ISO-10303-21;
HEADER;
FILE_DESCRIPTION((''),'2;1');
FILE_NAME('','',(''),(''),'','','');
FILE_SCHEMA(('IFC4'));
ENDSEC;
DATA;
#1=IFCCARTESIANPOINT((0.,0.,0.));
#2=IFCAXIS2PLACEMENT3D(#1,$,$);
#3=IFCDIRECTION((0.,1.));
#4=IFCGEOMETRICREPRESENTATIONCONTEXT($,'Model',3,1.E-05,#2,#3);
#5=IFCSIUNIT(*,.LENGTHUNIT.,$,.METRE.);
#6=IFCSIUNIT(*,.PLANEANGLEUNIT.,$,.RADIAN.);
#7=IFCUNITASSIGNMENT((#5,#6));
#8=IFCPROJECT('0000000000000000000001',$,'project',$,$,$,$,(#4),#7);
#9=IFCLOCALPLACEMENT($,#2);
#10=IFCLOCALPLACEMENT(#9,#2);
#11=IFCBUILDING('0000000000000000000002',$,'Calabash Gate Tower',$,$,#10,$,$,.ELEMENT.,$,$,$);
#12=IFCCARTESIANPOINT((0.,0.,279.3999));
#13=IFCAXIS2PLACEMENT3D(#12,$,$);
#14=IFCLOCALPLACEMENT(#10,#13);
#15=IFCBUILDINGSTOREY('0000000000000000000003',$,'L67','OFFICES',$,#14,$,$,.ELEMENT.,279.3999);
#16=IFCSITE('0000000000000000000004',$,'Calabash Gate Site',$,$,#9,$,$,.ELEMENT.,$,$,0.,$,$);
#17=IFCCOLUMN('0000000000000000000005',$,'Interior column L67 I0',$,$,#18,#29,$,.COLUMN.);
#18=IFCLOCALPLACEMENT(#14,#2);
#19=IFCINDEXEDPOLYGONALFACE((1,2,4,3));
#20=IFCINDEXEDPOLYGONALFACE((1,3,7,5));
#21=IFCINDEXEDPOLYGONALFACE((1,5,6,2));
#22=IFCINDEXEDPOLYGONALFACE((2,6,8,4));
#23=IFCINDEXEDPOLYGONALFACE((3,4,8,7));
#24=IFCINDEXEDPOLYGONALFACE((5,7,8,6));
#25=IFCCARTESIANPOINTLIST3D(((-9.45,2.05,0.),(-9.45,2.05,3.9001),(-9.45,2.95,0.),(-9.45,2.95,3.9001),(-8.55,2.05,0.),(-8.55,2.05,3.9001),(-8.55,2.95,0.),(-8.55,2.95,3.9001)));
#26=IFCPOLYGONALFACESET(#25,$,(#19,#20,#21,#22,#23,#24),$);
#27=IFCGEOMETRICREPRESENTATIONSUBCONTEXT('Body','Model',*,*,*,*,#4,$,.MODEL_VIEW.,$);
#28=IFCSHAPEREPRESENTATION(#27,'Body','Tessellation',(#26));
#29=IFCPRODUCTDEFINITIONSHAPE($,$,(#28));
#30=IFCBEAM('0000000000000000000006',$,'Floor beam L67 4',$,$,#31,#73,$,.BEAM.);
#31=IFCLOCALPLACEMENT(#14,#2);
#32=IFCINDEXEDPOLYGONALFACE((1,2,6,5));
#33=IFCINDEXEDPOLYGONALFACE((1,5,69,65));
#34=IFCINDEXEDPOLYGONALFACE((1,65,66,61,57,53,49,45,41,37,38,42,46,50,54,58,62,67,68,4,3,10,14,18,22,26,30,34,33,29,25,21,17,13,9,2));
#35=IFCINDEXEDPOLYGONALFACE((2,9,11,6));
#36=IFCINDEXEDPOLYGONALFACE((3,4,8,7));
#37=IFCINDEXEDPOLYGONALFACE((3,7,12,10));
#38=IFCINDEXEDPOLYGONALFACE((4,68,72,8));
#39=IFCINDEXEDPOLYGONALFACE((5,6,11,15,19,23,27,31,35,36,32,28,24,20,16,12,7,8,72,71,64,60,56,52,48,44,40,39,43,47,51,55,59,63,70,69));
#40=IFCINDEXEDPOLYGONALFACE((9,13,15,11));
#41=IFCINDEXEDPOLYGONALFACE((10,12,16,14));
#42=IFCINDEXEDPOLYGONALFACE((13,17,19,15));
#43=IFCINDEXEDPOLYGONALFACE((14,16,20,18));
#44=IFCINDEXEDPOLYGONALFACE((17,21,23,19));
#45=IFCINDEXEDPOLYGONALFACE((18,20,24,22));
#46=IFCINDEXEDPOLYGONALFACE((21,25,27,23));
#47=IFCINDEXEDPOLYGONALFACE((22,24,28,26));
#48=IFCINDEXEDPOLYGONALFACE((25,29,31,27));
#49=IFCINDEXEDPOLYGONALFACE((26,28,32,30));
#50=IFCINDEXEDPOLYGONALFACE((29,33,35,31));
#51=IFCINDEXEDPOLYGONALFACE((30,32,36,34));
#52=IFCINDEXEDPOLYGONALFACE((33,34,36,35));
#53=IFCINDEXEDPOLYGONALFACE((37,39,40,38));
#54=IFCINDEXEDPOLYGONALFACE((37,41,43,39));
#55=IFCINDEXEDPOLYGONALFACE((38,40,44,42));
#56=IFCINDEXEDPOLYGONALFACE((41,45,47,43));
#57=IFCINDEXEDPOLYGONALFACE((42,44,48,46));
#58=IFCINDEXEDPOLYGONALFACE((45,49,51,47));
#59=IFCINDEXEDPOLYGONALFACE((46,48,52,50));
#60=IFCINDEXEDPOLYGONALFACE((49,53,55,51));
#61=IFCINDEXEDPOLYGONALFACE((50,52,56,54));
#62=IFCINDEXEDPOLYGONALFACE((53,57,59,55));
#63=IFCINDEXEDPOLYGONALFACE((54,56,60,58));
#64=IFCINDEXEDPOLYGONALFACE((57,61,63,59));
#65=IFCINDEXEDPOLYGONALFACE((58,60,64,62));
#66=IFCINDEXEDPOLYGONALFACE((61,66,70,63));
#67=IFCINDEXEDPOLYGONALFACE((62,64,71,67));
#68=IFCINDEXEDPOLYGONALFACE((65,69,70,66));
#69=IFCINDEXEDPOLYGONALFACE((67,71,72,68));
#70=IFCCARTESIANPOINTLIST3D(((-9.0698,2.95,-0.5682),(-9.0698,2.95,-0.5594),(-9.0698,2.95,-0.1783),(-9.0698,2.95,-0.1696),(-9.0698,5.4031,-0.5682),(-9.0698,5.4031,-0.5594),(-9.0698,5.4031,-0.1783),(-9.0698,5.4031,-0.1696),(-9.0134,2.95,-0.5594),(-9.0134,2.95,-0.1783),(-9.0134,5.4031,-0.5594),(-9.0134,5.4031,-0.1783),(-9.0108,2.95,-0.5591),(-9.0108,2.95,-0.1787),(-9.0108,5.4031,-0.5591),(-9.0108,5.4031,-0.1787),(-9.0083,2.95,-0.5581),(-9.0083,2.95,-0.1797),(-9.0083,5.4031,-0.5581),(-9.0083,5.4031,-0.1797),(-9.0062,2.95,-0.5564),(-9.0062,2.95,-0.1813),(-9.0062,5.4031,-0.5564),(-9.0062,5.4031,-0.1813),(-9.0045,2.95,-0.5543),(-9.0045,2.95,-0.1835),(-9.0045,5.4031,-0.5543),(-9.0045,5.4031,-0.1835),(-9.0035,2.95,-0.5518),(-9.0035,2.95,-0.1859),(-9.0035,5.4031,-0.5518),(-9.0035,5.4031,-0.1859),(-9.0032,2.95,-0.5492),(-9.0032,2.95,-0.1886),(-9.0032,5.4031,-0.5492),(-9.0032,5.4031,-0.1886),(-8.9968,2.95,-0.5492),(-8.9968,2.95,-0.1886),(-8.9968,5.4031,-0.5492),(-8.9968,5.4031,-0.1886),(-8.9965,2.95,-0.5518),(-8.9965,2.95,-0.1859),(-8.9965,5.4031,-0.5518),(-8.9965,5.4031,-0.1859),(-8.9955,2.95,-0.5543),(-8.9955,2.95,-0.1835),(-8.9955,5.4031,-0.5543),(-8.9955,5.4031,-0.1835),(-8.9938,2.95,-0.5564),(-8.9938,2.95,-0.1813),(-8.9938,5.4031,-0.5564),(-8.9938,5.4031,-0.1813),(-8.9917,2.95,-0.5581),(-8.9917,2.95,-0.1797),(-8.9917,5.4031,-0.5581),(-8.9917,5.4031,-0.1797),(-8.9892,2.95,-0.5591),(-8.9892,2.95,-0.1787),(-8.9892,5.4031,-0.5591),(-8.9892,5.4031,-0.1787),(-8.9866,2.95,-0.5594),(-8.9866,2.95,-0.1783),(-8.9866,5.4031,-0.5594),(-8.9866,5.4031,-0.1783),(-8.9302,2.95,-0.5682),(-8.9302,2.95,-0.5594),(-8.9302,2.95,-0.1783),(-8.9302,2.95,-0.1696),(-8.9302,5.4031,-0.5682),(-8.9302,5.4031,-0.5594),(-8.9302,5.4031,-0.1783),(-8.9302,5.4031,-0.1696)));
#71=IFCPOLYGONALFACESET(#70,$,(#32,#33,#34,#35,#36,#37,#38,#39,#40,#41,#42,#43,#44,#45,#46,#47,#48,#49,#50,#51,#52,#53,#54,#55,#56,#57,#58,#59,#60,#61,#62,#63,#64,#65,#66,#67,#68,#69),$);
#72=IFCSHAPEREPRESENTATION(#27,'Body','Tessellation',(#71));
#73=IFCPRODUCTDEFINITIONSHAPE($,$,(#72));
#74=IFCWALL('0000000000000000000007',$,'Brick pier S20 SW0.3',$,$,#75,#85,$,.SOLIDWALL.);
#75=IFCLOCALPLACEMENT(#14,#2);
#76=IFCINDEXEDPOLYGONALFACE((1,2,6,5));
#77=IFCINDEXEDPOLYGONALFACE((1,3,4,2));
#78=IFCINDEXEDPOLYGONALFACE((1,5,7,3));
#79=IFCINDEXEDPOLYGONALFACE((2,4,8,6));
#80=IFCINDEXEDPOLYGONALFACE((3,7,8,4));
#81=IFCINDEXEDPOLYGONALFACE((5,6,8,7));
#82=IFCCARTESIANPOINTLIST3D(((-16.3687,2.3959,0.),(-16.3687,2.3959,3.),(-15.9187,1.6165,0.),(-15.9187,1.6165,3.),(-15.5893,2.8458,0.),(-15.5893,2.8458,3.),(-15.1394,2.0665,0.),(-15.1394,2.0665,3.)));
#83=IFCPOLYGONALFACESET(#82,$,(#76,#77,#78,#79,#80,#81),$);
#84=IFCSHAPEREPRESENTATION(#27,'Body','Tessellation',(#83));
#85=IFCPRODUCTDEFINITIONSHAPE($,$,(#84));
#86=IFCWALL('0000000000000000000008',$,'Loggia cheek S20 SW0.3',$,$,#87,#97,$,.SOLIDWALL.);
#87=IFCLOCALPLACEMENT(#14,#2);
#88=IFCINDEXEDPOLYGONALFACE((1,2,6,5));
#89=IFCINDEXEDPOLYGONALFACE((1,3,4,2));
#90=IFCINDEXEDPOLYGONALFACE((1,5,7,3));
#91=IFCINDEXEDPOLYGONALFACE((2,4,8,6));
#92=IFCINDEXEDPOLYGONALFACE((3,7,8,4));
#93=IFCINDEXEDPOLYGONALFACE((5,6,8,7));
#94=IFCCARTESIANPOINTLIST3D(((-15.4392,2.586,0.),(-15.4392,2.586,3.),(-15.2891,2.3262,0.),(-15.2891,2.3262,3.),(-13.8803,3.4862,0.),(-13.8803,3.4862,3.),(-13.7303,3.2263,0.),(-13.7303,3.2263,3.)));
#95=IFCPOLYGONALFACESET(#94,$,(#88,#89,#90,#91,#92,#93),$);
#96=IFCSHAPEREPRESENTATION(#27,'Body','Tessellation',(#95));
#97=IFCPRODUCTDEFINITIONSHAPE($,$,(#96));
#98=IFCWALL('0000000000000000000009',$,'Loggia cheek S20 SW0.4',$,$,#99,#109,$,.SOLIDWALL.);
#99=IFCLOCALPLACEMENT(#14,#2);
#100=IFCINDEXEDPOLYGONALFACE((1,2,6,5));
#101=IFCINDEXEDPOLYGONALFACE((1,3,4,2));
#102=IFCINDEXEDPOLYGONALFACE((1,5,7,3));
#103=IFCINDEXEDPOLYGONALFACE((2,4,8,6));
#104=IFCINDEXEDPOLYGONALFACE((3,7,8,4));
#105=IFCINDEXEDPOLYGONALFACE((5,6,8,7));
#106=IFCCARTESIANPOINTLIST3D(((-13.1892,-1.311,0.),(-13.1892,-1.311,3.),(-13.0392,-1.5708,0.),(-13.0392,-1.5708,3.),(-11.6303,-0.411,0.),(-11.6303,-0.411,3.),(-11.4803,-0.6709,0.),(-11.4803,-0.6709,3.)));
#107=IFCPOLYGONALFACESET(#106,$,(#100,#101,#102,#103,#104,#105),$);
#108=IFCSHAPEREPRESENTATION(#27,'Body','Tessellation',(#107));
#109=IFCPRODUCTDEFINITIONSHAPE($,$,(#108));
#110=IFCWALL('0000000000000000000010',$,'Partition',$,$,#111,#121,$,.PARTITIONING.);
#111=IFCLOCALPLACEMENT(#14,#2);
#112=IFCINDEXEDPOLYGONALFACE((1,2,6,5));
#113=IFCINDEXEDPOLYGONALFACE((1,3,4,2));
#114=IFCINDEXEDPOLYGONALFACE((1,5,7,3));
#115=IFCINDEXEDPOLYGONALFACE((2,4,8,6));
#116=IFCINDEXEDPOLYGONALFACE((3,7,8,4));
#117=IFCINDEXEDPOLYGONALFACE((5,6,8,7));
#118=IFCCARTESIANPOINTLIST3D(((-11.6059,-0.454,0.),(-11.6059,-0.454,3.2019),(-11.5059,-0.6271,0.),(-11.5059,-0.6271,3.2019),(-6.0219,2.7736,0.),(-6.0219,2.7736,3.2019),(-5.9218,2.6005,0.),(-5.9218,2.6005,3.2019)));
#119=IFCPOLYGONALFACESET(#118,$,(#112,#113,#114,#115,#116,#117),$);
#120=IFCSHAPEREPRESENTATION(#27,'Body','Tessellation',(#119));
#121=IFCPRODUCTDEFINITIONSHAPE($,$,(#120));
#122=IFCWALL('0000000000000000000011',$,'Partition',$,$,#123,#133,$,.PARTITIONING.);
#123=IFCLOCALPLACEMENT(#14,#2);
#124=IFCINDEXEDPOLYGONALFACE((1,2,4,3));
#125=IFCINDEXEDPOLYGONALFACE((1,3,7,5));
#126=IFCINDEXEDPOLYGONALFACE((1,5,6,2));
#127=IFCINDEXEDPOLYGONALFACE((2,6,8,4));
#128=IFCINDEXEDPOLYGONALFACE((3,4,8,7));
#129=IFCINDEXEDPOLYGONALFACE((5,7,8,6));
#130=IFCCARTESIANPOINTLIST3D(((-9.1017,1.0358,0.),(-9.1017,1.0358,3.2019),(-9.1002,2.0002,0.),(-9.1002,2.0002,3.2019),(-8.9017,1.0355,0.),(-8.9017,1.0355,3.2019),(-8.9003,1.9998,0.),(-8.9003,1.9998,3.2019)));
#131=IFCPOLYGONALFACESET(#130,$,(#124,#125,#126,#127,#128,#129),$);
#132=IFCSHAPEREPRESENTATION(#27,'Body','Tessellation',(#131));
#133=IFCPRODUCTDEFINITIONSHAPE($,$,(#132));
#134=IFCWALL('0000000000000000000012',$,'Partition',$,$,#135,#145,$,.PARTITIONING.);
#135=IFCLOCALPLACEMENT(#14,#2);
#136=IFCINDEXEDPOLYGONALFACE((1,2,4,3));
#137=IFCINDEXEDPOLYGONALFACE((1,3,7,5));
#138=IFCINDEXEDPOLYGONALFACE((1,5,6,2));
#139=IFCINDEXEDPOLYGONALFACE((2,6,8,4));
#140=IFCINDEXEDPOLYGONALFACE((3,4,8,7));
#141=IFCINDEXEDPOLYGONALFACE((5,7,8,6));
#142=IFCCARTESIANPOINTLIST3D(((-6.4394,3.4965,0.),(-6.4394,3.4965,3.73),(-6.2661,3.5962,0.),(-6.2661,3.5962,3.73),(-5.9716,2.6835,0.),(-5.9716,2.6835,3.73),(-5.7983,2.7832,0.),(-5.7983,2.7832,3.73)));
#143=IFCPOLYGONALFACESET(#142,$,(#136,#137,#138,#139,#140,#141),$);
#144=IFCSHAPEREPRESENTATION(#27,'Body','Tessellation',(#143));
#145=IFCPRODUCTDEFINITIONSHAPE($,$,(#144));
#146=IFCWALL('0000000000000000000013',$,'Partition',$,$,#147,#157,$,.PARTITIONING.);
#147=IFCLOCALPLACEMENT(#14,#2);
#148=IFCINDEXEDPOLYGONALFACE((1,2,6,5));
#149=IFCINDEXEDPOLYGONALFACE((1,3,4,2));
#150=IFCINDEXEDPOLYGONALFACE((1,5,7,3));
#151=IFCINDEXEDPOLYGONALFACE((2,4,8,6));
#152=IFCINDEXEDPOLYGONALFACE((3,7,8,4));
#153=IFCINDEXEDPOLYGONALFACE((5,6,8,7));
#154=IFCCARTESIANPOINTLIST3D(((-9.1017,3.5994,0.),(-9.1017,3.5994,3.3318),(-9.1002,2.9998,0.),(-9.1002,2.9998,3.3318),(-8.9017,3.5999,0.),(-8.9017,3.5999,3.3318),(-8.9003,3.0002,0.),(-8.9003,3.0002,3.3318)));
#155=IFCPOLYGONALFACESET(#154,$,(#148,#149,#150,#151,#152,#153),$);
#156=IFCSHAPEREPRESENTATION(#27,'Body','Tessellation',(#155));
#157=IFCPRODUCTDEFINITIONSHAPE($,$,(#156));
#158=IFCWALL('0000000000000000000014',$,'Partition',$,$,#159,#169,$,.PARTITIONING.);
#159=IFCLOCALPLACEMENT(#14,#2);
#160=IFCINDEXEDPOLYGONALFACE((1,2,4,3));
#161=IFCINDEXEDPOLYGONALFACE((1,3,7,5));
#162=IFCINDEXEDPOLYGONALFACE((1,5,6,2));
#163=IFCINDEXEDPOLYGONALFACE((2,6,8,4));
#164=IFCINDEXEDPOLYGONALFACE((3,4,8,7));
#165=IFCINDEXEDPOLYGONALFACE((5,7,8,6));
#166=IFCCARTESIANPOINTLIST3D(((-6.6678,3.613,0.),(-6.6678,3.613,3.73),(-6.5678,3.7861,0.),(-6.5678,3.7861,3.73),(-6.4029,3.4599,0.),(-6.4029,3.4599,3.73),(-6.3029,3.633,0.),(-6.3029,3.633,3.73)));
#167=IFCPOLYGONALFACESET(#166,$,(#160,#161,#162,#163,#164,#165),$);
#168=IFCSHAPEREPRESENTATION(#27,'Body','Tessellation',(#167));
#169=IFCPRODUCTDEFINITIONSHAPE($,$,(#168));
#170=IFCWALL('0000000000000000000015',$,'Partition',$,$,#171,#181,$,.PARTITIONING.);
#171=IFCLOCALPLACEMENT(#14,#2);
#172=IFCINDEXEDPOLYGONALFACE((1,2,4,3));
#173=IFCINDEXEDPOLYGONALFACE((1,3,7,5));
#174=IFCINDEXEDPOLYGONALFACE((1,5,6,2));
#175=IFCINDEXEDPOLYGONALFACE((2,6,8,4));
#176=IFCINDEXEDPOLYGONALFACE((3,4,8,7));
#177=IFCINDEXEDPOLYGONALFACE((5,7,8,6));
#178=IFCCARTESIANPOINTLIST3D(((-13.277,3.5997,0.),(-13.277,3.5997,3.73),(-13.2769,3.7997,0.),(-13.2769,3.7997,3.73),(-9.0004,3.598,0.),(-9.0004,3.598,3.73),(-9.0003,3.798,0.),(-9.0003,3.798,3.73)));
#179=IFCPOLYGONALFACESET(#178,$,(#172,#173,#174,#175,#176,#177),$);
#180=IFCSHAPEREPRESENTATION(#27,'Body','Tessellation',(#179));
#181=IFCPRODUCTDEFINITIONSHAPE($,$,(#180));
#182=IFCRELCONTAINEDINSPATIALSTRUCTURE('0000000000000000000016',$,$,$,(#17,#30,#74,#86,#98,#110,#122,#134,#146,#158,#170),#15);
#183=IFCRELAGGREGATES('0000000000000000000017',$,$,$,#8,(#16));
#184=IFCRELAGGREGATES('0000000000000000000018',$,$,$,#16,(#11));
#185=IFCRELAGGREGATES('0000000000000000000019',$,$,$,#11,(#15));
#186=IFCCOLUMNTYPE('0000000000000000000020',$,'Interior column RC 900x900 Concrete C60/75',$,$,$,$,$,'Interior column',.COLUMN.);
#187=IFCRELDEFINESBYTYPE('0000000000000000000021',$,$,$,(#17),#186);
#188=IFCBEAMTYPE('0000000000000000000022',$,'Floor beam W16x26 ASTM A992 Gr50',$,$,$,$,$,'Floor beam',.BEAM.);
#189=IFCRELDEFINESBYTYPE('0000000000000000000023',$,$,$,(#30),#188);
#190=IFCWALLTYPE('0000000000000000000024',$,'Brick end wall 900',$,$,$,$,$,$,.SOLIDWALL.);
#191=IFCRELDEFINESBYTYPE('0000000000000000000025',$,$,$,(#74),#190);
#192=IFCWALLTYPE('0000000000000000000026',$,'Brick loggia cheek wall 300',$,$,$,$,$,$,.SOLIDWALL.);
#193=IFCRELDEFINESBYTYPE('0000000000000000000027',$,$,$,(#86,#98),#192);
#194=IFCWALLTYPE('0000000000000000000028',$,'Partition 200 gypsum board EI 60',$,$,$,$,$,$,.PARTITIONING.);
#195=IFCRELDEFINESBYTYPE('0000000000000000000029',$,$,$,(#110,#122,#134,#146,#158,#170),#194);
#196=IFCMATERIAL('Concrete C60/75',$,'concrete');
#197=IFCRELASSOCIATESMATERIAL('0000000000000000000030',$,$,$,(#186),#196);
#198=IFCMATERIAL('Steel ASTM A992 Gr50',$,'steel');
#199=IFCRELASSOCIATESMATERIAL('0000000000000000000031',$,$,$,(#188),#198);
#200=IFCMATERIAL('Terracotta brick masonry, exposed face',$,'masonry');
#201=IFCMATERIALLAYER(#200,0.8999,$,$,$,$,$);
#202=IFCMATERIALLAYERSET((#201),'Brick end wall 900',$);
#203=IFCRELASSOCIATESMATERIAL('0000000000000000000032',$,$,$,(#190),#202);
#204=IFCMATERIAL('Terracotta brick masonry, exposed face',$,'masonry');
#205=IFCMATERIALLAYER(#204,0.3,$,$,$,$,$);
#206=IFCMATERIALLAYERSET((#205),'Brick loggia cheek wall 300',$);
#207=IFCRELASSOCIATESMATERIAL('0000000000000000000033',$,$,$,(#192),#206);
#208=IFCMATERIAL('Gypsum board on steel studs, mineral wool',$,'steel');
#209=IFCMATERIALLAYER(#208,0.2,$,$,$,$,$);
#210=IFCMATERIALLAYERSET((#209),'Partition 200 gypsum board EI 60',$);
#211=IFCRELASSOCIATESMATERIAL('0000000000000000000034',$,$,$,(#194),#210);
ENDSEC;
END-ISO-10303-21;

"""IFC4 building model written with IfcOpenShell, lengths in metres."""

from ifc_helpers import new_model, si_unit, direction, frame, frame_2d, origin, origin_2d, place, context, subcontext, project, spatial, rectangle, i_section, extrude, material, layer, layer_set, material_profile, profile_set, type_object, element, save


model = new_model("IFC4")

# Units and contexts
model_context = context("Model", 3, precision=1e-05, world=origin(), true_north=direction((0.0, 1.0)))
body_context = subcontext(model_context, "Body", "Model", "MODEL_VIEW")
ifc_project = project(units=[si_unit("LENGTHUNIT", "METRE"), si_unit("PLANEANGLEUNIT", "RADIAN")], contexts=[model_context])

# Site, building, storey
site_placement = place(None, origin())
site = spatial("IfcSite", under=ifc_project, at=site_placement, Name="Calabash Gate Site", CompositionType="ELEMENT", RefElevation=0.0)
building_placement = place(site_placement, origin())
building = spatial("IfcBuilding", under=site, at=building_placement, Name="Calabash Gate Tower", CompositionType="ELEMENT")
storey_placement = place(building_placement, frame((0.0, 0.0, 279.3999)))
storey = spatial("IfcBuildingStorey", under=building, at=storey_placement, Name="L67", Description="OFFICES", CompositionType="ELEMENT", Elevation=279.3999)

# Column
ifc_material_1 = material(Name="Concrete C60/75", Category="concrete")
ifc_material_profile_1 = material_profile(ifc_material_1, rectangle(XDim=0.8999, YDim=0.8999, at=origin_2d()))
ifc_profile_set_1 = profile_set([ifc_material_profile_1], Name="Concrete C60/75")
column_type = type_object("IfcColumnType", Name="Interior column RC 900x900 Concrete C60/75", ElementType="Interior column", PredefinedType="COLUMN", material=ifc_profile_set_1)
column_placement = place(storey_placement, frame((-9.0, 2.5, 0.0), z_axis=(0.0, 0.0, 1.0), x_axis=(1.0, 0.0, 0.0)))
element("IfcColumn", 1, at=column_placement, inside=storey, type_object=column_type, Name="Interior column L67 I0", PredefinedType="COLUMN", context=body_context, shape_type="SweptSolid", body=[
    extrude(rectangle(XDim=0.8999, YDim=0.8999, at=origin_2d()), origin(), (0.0, 0.0, 1.0), 3.9001),
])

# Beam
ifc_material_2 = material(Name="Steel ASTM A992 Gr50", Category="steel")
ifc_material_profile_2 = material_profile(ifc_material_2, i_section(OverallWidth=0.1396, OverallDepth=0.3987, WebThickness=0.0063, FlangeThickness=0.0088, FilletRadius=0.0103, at=origin_2d()))
ifc_profile_set_2 = profile_set([ifc_material_profile_2], Name="Steel ASTM A992 Gr50")
beam_type = type_object("IfcBeamType", Name="Floor beam W16x26 ASTM A992 Gr50", ElementType="Floor beam", PredefinedType="BEAM", material=ifc_profile_set_2)
beam_placement = place(storey_placement, frame((-9.0, 2.95, -0.3689), z_axis=(0.0, 1.0, 0.0), x_axis=(-1.0, 0.0, 0.0)))
element("IfcBeam", 2, at=beam_placement, inside=storey, type_object=beam_type, Name="Floor beam L67 4", PredefinedType="BEAM", context=body_context, shape_type="SweptSolid", body=[
    extrude(i_section(OverallWidth=0.1396, OverallDepth=0.3987, WebThickness=0.0063, FlangeThickness=0.0088, FilletRadius=0.0103, at=origin_2d()), origin(), (0.0, 0.0, 1.0), 2.4531),
])

# Walls
ifc_material_3 = material(Name="Terracotta brick masonry, exposed face", Category="masonry")
ifc_layer_1 = layer(ifc_material_3, 0.8999)
ifc_layer_set_1 = layer_set([ifc_layer_1], Name="Brick end wall 900")
wall_type_1 = type_object("IfcWallType", Name="Brick end wall 900", PredefinedType="SOLIDWALL", material=ifc_layer_set_1)
wall_1_placement = place(storey_placement, frame((-15.979, 2.6208, 0.0), z_axis=(0.0, 0.0, 1.0), x_axis=(0.50002, -0.866014, 0.0)))
element("IfcWall", 3, at=wall_1_placement, inside=storey, type_object=wall_type_1, Name="Brick pier S20 SW0.3", PredefinedType="SOLIDWALL", context=body_context, shape_type="SweptSolid", body=[
    extrude(rectangle(XDim=0.8999, YDim=0.8999, at=frame_2d((0.45, 0.0))), origin(), (0.0, 0.0, 1.0), 3.0),
])
ifc_material_4 = material(Name="Terracotta brick masonry, exposed face", Category="masonry")
ifc_layer_2 = layer(ifc_material_4, 0.3)
ifc_layer_set_2 = layer_set([ifc_layer_2], Name="Brick loggia cheek wall 300")
wall_type_2 = type_object("IfcWallType", Name="Brick loggia cheek wall 300", PredefinedType="SOLIDWALL", material=ifc_layer_set_2)
for number, where, z_axis, x_axis, name in (
    (4, (-13.8054, 3.3562, 0.0), (0.0, 0.0, 1.0), (-0.865989, -0.500063, 0.0), "Loggia cheek S20 SW0.3"),
    (5, (-11.5554, -0.541, 0.0), (0.0, 0.0, 1.0), (-0.866048, -0.499961, 0.0), "Loggia cheek S20 SW0.4"),
):
    element("IfcWall", number, at=place(storey_placement, frame(where, z_axis=z_axis, x_axis=x_axis)), inside=storey, type_object=wall_type_2, Name=name, PredefinedType="SOLIDWALL", context=body_context, shape_type="SweptSolid", body=[
        extrude(rectangle(XDim=1.8, YDim=0.3, at=frame_2d((0.8999, 0.0))), origin(), (0.0, 0.0, 1.0), 3.0),
    ])

# Shared definitions
ifc_material_5 = material(Name="Gypsum board on steel studs, mineral wool", Category="steel")
ifc_layer_3 = layer(ifc_material_5, 0.2)
ifc_layer_set_3 = layer_set([ifc_layer_3], Name="Partition 200 gypsum board EI 60")
wall_type_3 = type_object("IfcWallType", Name="Partition 200 gypsum board EI 60", PredefinedType="PARTITIONING", material=ifc_layer_set_3)

# Walls
wall_2_placement = place(storey_placement, frame((-11.5559, -0.5405, 0.0), z_axis=(0.0, 0.0, 1.0), x_axis=(0.865782, 0.500421, 0.0)))
element("IfcWall", 6, at=wall_2_placement, inside=storey, type_object=wall_type_3, Name="Partition", PredefinedType="PARTITIONING", context=body_context, shape_type="SweptSolid", body=[
    extrude(rectangle(XDim=6.4497, YDim=0.2, at=frame_2d((3.2249, 0.0))), origin(), (0.0, 0.0, 1.0), 3.2019),
])
wall_3_placement = place(storey_placement, frame((-9.0017, 1.0356, 0.0), z_axis=(0.0, 0.0, 1.0), x_axis=(0.001519, 0.999999, 0.0)))
element("IfcWall", 7, at=wall_3_placement, inside=storey, type_object=wall_type_3, Name="Partition", PredefinedType="PARTITIONING", context=body_context, shape_type="SweptSolid", body=[
    extrude(rectangle(XDim=0.9644, YDim=0.2, at=frame_2d((0.4822, 0.0))), origin(), (0.0, 0.0, 1.0), 3.2019),
])
wall_4_placement = place(storey_placement, frame((-6.3528, 3.5464, 0.0), z_axis=(0.0, 0.0, 1.0), x_axis=(0.498716, -0.866766, 0.0)))
element("IfcWall", 8, at=wall_4_placement, inside=storey, type_object=wall_type_3, Name="Partition", PredefinedType="PARTITIONING", context=body_context, shape_type="SweptSolid", body=[
    extrude(rectangle(XDim=0.938, YDim=0.2, at=frame_2d((0.469, 0.0))), origin(), (0.0, 0.0, 1.0), 3.73),
])
wall_5_placement = place(storey_placement, frame((-9.0017, 3.5996, 0.0), z_axis=(0.0, 0.0, 1.0), x_axis=(0.002443, -0.999997, 0.0)))
element("IfcWall", 9, at=wall_5_placement, inside=storey, type_object=wall_type_3, Name="Partition", PredefinedType="PARTITIONING", context=body_context, shape_type="SweptSolid", body=[
    extrude(rectangle(XDim=0.5996, YDim=0.2, at=frame_2d((0.2998, 0.0))), origin(), (0.0, 0.0, 1.0), 3.3318),
])
wall_6_placement = place(storey_placement, frame((-6.6177, 3.6995, 0.0), z_axis=(0.0, 0.0, 1.0), x_axis=(0.865827, -0.500344, 0.0)))
element("IfcWall", 10, at=wall_6_placement, inside=storey, type_object=wall_type_3, Name="Partition", PredefinedType="PARTITIONING", context=body_context, shape_type="SweptSolid", body=[
    extrude(rectangle(XDim=0.3059, YDim=0.2, at=frame_2d((0.1528, 0.0))), origin(), (0.0, 0.0, 1.0), 3.73),
])
wall_7_placement = place(storey_placement, frame((-13.2769, 3.6997, 0.0), z_axis=(0.0, 0.0, 1.0), x_axis=(1.0, -0.0004, 0.0)))
element("IfcWall", 11, at=wall_7_placement, inside=storey, type_object=wall_type_3, Name="Partition", PredefinedType="PARTITIONING", context=body_context, shape_type="SweptSolid", body=[
    extrude(rectangle(XDim=4.2766, YDim=0.2, at=frame_2d((2.1382, 0.0))), origin(), (0.0, 0.0, 1.0), 3.73),
])

save(model, "model.ifc")
